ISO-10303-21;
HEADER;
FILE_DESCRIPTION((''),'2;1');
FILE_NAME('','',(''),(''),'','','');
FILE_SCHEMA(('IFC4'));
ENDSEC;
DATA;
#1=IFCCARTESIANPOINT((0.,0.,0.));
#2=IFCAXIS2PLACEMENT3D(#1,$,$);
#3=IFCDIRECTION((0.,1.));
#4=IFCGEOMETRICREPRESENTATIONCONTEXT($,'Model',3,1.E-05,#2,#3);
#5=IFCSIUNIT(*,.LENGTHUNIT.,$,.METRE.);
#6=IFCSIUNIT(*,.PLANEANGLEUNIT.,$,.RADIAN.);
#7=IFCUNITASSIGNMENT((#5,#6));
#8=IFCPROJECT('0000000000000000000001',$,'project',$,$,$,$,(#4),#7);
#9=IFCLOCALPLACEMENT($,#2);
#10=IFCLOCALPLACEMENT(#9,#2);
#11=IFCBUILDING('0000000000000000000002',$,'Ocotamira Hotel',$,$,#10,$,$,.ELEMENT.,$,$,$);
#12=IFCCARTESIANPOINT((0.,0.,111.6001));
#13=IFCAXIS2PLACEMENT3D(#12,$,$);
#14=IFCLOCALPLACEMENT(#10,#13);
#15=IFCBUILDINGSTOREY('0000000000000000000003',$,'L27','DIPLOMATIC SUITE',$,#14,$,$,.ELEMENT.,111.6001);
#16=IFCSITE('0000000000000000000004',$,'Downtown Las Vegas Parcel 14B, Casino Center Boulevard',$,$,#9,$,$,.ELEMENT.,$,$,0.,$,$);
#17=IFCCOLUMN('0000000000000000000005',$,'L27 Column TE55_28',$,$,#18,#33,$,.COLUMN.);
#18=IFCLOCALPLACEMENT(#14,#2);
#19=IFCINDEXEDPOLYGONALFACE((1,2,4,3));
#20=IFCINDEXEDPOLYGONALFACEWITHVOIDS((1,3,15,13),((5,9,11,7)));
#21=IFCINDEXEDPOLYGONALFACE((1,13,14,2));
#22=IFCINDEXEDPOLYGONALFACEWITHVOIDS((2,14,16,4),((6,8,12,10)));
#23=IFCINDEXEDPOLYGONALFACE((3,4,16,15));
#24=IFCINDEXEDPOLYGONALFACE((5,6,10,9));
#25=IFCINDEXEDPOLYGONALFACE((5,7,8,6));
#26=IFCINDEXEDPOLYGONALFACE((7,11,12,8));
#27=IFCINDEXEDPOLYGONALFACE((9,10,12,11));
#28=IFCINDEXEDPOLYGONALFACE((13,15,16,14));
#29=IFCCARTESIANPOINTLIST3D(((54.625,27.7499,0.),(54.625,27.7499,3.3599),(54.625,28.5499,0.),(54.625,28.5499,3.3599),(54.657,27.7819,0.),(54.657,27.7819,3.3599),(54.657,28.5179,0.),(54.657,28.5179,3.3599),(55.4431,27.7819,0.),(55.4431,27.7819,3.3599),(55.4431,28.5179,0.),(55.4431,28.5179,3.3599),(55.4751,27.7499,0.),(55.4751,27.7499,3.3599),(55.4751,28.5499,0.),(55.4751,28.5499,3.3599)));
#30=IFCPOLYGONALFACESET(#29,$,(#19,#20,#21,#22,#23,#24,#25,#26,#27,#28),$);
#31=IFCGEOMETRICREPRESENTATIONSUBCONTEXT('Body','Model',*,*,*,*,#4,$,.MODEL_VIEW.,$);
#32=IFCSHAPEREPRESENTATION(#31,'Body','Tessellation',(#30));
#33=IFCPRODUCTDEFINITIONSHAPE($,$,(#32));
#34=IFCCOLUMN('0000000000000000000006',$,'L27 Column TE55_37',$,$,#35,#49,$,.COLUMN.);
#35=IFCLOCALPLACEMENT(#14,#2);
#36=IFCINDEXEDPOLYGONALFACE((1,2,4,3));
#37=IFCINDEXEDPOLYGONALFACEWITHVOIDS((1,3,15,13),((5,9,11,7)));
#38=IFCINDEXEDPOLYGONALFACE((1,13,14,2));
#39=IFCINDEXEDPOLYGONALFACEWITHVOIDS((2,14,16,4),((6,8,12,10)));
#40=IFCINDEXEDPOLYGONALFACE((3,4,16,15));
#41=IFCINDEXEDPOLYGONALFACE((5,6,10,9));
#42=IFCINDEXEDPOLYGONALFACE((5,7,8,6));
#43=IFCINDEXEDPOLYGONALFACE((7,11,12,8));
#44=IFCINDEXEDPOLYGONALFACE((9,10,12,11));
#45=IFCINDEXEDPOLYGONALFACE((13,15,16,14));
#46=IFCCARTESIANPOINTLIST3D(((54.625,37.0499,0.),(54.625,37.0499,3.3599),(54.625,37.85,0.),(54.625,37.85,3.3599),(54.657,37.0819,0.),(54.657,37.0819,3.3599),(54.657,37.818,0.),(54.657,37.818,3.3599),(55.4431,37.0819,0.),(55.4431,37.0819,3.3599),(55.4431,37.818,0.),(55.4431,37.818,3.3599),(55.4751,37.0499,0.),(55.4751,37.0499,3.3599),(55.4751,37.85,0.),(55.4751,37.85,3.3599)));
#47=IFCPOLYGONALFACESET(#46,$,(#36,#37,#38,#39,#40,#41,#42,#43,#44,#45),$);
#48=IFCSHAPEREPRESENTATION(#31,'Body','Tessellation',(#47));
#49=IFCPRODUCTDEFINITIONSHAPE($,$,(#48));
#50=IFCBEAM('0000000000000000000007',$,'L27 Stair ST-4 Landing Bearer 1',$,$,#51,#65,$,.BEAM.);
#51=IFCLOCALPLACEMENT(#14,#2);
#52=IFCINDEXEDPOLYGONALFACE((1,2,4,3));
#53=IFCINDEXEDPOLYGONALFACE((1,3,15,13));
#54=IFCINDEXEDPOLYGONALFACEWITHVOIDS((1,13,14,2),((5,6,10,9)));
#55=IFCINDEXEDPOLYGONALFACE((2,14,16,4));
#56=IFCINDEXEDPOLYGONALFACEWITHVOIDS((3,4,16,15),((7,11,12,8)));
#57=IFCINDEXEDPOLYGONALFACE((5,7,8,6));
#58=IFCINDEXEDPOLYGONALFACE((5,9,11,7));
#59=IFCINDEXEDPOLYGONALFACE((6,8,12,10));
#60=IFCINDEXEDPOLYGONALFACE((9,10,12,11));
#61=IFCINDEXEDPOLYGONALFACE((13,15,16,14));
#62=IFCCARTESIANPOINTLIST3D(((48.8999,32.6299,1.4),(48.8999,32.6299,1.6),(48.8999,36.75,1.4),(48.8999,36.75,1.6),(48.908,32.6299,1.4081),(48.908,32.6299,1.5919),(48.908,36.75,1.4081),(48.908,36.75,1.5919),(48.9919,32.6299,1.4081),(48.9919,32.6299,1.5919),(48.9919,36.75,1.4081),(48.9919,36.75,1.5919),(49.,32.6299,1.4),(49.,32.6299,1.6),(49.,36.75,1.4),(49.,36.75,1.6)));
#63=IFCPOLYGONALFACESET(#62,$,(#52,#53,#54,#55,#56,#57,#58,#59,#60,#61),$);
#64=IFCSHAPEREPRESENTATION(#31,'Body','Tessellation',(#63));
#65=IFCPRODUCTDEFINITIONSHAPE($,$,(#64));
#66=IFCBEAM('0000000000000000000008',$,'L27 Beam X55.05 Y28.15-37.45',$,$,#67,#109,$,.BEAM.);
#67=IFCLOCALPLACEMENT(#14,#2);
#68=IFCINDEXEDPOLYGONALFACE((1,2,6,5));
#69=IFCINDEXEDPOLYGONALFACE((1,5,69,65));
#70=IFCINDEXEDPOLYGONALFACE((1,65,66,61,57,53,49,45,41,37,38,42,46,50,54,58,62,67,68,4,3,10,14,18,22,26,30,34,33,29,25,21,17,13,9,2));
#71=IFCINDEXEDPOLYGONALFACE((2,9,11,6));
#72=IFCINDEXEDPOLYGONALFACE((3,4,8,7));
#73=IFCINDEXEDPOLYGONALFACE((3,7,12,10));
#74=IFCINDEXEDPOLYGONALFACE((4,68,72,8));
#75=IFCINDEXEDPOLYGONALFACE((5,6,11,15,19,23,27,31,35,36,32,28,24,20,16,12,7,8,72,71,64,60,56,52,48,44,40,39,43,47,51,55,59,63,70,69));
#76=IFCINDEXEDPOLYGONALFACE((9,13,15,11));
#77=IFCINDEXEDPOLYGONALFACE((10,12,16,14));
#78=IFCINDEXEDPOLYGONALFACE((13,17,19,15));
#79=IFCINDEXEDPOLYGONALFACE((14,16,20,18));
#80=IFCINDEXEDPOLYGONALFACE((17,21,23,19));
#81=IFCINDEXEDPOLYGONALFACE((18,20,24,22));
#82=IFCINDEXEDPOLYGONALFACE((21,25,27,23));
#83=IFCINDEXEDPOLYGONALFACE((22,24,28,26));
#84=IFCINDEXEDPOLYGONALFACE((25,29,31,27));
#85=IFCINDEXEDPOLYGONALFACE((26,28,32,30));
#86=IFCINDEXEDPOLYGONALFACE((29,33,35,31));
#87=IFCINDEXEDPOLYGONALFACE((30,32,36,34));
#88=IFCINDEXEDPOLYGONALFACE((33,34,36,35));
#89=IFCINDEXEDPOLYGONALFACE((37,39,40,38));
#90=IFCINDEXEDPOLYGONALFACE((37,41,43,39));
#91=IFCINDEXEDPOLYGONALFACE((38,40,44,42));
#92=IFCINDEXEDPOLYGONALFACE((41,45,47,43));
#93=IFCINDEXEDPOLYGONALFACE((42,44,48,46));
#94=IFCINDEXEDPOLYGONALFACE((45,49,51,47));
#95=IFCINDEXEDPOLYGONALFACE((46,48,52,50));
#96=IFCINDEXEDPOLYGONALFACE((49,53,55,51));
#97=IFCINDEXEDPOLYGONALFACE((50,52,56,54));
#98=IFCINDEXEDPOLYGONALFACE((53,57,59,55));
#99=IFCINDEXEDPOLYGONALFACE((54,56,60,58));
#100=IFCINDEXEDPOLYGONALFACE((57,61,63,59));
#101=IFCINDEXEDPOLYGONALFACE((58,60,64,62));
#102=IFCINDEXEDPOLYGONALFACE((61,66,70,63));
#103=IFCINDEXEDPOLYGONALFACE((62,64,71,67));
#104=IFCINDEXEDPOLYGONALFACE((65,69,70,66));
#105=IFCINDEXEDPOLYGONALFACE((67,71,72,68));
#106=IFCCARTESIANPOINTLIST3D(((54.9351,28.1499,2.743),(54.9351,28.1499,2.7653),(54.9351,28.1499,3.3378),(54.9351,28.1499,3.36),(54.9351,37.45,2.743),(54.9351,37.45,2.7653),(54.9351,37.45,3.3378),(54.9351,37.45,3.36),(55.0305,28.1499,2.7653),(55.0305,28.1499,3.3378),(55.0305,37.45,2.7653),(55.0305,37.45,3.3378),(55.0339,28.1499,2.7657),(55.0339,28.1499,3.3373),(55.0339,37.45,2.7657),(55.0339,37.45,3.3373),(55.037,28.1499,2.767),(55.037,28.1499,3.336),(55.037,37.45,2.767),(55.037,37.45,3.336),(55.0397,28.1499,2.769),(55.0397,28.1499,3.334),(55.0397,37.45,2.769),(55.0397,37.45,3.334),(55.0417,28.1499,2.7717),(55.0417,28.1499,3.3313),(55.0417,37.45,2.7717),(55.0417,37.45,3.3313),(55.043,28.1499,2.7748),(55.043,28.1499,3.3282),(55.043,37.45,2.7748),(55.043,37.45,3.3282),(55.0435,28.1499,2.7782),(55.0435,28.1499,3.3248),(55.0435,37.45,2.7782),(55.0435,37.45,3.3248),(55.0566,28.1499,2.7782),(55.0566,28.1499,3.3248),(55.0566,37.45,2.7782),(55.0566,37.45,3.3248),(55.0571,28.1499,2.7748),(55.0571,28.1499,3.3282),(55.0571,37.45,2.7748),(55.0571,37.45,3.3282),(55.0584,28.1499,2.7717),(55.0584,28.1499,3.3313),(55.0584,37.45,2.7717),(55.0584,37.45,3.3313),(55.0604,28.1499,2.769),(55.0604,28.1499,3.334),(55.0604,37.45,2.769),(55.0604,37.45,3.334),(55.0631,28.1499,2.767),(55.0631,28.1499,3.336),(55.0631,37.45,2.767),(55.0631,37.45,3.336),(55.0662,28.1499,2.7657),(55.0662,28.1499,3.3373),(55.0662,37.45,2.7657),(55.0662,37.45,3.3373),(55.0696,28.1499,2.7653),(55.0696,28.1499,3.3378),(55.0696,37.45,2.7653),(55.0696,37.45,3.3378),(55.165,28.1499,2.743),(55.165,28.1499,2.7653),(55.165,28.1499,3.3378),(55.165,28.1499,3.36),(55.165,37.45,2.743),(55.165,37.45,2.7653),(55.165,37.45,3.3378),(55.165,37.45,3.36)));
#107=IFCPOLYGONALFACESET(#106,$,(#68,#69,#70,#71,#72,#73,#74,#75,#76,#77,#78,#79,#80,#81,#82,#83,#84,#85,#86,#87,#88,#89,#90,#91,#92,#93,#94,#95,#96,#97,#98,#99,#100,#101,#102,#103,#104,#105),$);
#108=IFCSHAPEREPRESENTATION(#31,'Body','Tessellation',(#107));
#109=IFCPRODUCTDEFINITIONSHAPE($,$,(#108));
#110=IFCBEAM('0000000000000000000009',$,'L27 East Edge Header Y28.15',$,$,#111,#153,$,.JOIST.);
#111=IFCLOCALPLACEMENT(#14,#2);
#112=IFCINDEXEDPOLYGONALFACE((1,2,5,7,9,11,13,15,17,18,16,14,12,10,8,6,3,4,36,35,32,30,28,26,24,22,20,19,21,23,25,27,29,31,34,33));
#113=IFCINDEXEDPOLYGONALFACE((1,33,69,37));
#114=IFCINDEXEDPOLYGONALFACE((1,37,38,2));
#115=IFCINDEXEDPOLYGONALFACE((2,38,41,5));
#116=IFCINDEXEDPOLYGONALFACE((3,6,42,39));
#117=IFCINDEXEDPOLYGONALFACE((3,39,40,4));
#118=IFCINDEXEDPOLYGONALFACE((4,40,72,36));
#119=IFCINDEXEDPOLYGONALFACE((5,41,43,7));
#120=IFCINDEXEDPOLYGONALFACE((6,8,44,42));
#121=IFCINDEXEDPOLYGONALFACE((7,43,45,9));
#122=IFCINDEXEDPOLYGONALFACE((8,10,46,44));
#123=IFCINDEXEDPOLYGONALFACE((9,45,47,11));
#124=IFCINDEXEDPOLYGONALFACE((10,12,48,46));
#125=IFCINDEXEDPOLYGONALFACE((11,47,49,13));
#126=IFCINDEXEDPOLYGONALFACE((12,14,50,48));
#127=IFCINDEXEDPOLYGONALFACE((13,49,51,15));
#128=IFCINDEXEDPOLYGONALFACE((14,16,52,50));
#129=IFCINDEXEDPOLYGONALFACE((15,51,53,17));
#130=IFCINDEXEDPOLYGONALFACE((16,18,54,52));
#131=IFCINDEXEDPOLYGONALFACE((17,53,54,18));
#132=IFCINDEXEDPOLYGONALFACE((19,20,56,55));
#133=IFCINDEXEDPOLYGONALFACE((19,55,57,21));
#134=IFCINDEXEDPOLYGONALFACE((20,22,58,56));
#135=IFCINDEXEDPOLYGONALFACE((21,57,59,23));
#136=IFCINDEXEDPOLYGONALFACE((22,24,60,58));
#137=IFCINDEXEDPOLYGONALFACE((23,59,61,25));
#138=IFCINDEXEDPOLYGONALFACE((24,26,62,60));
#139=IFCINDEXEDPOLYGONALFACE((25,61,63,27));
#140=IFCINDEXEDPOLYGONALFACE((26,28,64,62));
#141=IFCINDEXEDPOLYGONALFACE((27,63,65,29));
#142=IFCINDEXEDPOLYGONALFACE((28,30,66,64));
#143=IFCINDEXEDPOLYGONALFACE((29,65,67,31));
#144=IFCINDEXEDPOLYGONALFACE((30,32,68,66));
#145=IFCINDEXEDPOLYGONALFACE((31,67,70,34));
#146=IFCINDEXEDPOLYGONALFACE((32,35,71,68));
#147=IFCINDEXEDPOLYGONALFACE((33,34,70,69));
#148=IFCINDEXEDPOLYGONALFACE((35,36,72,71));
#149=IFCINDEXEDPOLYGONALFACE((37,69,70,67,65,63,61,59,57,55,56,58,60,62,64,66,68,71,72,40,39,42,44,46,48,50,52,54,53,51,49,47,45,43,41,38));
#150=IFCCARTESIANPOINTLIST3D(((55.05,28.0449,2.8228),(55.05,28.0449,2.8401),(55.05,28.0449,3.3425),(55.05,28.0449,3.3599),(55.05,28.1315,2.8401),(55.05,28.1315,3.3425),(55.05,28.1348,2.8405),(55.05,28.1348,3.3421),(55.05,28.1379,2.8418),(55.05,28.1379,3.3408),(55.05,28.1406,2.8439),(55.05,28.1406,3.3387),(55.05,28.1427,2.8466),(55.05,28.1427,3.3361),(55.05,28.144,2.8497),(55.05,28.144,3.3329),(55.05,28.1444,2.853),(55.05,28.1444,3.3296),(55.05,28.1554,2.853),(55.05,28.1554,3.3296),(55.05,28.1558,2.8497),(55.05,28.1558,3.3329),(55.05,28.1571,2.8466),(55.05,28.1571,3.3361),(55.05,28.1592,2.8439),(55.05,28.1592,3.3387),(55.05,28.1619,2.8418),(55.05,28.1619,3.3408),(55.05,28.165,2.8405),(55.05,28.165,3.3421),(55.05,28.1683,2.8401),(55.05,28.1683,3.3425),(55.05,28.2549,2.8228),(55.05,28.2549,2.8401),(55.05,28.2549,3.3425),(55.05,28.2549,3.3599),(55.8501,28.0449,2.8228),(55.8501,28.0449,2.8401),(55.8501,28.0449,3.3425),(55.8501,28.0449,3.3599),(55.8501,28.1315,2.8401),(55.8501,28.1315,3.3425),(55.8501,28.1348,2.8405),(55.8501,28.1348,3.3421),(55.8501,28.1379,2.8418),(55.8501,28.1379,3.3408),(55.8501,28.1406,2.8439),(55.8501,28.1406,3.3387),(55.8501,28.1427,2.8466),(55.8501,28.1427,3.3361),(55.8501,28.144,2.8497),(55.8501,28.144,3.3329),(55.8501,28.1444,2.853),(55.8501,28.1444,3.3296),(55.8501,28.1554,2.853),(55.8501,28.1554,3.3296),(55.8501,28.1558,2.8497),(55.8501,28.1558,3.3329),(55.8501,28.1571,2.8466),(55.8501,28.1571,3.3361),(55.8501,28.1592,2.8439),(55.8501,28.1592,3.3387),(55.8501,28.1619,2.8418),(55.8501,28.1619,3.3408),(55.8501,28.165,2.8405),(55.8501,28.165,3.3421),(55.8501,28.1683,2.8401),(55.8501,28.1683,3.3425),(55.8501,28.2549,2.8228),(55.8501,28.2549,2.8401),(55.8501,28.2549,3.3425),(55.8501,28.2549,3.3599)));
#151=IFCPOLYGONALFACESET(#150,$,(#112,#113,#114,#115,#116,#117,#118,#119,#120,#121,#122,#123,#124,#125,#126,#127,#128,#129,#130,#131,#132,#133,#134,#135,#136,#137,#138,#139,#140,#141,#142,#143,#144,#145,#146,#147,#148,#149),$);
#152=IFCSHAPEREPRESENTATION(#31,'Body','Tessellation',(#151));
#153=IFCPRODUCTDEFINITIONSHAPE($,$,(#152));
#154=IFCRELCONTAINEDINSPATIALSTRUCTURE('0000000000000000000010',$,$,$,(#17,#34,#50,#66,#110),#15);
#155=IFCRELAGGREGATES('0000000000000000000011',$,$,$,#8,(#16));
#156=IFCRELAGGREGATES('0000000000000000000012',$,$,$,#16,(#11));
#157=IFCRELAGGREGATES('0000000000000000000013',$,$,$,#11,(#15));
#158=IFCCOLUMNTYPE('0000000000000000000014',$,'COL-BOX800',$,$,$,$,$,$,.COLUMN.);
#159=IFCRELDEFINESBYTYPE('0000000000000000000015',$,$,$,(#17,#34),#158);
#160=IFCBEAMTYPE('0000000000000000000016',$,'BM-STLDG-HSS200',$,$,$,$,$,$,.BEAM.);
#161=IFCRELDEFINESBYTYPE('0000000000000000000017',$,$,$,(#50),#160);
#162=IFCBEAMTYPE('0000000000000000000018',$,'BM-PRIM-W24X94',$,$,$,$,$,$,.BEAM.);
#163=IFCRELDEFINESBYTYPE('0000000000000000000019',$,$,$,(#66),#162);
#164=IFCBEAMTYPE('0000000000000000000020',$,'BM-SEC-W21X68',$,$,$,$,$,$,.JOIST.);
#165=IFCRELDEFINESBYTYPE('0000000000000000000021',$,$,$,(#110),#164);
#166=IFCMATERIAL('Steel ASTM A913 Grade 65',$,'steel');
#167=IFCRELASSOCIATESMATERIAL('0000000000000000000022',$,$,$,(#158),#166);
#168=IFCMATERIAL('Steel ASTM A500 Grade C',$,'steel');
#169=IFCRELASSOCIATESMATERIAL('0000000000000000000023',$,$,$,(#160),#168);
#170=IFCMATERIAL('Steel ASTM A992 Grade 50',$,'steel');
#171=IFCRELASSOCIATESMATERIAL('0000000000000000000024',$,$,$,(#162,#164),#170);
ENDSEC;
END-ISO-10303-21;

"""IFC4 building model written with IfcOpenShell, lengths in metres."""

from ifc_helpers import new_model, si_unit, direction, frame, origin, origin_2d, place, context, subcontext, project, spatial, hollow_rectangle, i_section, extrude, source, transform, mapped, material, material_profile, profile_set, type_object, element, save


model = new_model("IFC4")

# Units and contexts
model_context = context("Model", 3, precision=1e-05, world=origin(), true_north=direction((0.0, 1.0)))
body_context = subcontext(model_context, "Body", "Model", "MODEL_VIEW")
ifc_project = project(units=[si_unit("LENGTHUNIT", "METRE"), si_unit("PLANEANGLEUNIT", "RADIAN")], contexts=[model_context])

# Site, building, storey
site_placement = place(None, origin())
site = spatial("IfcSite", under=ifc_project, at=site_placement, Name="Downtown Las Vegas Parcel 14B, Casino Center Boulevard", CompositionType="ELEMENT", RefElevation=0.0)
building_placement = place(site_placement, origin())
building = spatial("IfcBuilding", under=site, at=building_placement, Name="Ocotamira Hotel", CompositionType="ELEMENT")
storey_placement = place(building_placement, frame((0.0, 0.0, 111.6001)))
storey = spatial("IfcBuildingStorey", under=building, at=storey_placement, Name="L27", Description="DIPLOMATIC SUITE", CompositionType="ELEMENT", Elevation=111.6001)

# Columns
ifc_material_1 = material(Name="Steel ASTM A913 Grade 65", Category="steel")
ifc_material_profile_1 = material_profile(ifc_material_1, hollow_rectangle(XDim=0.8501, YDim=0.8, WallThickness=0.032, at=origin_2d()), Name="BOX800X850X32")
ifc_profile_set_1 = profile_set([ifc_material_profile_1], Name="Steel ASTM A913 Grade 65")
column_type = type_object("IfcColumnType", Name="COL-BOX800", PredefinedType="COLUMN", material=ifc_profile_set_1)
shared_shape_1 = source(origin(), body_context, "Body", "SweptSolid", [
    extrude(hollow_rectangle(XDim=0.8501, YDim=0.8, WallThickness=0.032, at=origin_2d()), origin(), (0.0, 0.0, 1.0), 3.3599),
])
for number, where, z_axis, x_axis, name in (
    (1, (55.05, 28.1499, 0.0), (0.0, 0.0, 1.0), (1.0, 0.0, 0.0), "L27 Column TE55_28"),
    (2, (55.05, 37.45, 0.0), (0.0, 0.0, 1.0), (1.0, 0.0, 0.0), "L27 Column TE55_37"),
):
    element("IfcColumn", number, at=place(storey_placement, frame(where, z_axis=z_axis, x_axis=x_axis)), inside=storey, type_object=column_type, Name=name, PredefinedType="COLUMN", context=body_context, shape_type="MappedRepresentation", body=[
        mapped(shared_shape_1, transform((0.0, 0.0, 0.0), scale=1.0)),
    ])

# Beams
ifc_material_2 = material(Name="Steel ASTM A500 Grade C", Category="steel")
ifc_material_profile_2 = material_profile(ifc_material_2, hollow_rectangle(XDim=0.1001, YDim=0.2, WallThickness=0.0081, at=origin_2d()), Name="HSS200X100X8")
ifc_profile_set_2 = profile_set([ifc_material_profile_2], Name="Steel ASTM A500 Grade C")
beam_type_1 = type_object("IfcBeamType", Name="BM-STLDG-HSS200", PredefinedType="BEAM", material=ifc_profile_set_2)
shared_shape_2 = source(origin(), body_context, "Body", "SweptSolid", [
    extrude(hollow_rectangle(XDim=0.1001, YDim=0.2, WallThickness=0.0081, at=origin_2d()), origin(), (0.0, 0.0, 1.0), 4.1201),
])
beam_1_placement = place(storey_placement, frame((48.95, 32.6299, 1.5), z_axis=(0.0, 1.0, 0.0), x_axis=(-1.0, 0.0, 0.0)))
element("IfcBeam", 3, at=beam_1_placement, inside=storey, type_object=beam_type_1, Name="L27 Stair ST-4 Landing Bearer 1", PredefinedType="BEAM", context=body_context, shape_type="MappedRepresentation", body=[
    mapped(shared_shape_2, transform((0.0, 0.0, 0.0), scale=1.0)),
])
ifc_material_3 = material(Name="Steel ASTM A992 Grade 50", Category="steel")
ifc_material_profile_3 = material_profile(ifc_material_3, i_section(OverallWidth=0.23, OverallDepth=0.6169, WebThickness=0.0132, FlangeThickness=0.0222, FilletRadius=0.0129, at=origin_2d()), Name="W24X94")
ifc_profile_set_3 = profile_set([ifc_material_profile_3], Name="Steel ASTM A992 Grade 50")
beam_type_2 = type_object("IfcBeamType", Name="BM-PRIM-W24X94", PredefinedType="BEAM", material=ifc_profile_set_3)
shared_shape_3 = source(origin(), body_context, "Body", "SweptSolid", [
    extrude(i_section(OverallWidth=0.23, OverallDepth=0.6169, WebThickness=0.0132, FlangeThickness=0.0222, FilletRadius=0.0129, at=origin_2d()), origin(), (0.0, 0.0, 1.0), 9.3),
])
beam_2_placement = place(storey_placement, frame((55.05, 28.1499, 3.0515), z_axis=(0.0, 1.0, 0.0), x_axis=(-1.0, 0.0, 0.0)))
element("IfcBeam", 4, at=beam_2_placement, inside=storey, type_object=beam_type_2, Name="L27 Beam X55.05 Y28.15-37.45", PredefinedType="BEAM", context=body_context, shape_type="MappedRepresentation", body=[
    mapped(shared_shape_3, transform((0.0, 0.0, 0.0), scale=1.0)),
])
ifc_material_profile_4 = material_profile(ifc_material_3, i_section(OverallWidth=0.21, OverallDepth=0.5371, WebThickness=0.011, FlangeThickness=0.0173, FilletRadius=0.0129, at=origin_2d()), Name="W21X68")
ifc_profile_set_4 = profile_set([ifc_material_profile_4], Name="Steel ASTM A992 Grade 50")
beam_type_3 = type_object("IfcBeamType", Name="BM-SEC-W21X68", PredefinedType="JOIST", material=ifc_profile_set_4)
shared_shape_4 = source(origin(), body_context, "Body", "SweptSolid", [
    extrude(i_section(OverallWidth=0.21, OverallDepth=0.5371, WebThickness=0.011, FlangeThickness=0.0173, FilletRadius=0.0129, at=origin_2d()), origin(), (0.0, 0.0, 1.0), 0.8),
])
for number, where, z_axis, x_axis, name in (
    (5, (55.05, 28.1499, 3.0913), (1.0, 0.0, 0.0), (0.0, 1.0, 0.0), "L27 East Edge Header Y28.15"),
):
    element("IfcBeam", number, at=place(storey_placement, frame(where, z_axis=z_axis, x_axis=x_axis)), inside=storey, type_object=beam_type_3, Name=name, PredefinedType="JOIST", context=body_context, shape_type="MappedRepresentation", body=[
        mapped(shared_shape_4, transform((0.0, 0.0, 0.0), scale=1.0)),
    ])

save(model, "model.ifc")
